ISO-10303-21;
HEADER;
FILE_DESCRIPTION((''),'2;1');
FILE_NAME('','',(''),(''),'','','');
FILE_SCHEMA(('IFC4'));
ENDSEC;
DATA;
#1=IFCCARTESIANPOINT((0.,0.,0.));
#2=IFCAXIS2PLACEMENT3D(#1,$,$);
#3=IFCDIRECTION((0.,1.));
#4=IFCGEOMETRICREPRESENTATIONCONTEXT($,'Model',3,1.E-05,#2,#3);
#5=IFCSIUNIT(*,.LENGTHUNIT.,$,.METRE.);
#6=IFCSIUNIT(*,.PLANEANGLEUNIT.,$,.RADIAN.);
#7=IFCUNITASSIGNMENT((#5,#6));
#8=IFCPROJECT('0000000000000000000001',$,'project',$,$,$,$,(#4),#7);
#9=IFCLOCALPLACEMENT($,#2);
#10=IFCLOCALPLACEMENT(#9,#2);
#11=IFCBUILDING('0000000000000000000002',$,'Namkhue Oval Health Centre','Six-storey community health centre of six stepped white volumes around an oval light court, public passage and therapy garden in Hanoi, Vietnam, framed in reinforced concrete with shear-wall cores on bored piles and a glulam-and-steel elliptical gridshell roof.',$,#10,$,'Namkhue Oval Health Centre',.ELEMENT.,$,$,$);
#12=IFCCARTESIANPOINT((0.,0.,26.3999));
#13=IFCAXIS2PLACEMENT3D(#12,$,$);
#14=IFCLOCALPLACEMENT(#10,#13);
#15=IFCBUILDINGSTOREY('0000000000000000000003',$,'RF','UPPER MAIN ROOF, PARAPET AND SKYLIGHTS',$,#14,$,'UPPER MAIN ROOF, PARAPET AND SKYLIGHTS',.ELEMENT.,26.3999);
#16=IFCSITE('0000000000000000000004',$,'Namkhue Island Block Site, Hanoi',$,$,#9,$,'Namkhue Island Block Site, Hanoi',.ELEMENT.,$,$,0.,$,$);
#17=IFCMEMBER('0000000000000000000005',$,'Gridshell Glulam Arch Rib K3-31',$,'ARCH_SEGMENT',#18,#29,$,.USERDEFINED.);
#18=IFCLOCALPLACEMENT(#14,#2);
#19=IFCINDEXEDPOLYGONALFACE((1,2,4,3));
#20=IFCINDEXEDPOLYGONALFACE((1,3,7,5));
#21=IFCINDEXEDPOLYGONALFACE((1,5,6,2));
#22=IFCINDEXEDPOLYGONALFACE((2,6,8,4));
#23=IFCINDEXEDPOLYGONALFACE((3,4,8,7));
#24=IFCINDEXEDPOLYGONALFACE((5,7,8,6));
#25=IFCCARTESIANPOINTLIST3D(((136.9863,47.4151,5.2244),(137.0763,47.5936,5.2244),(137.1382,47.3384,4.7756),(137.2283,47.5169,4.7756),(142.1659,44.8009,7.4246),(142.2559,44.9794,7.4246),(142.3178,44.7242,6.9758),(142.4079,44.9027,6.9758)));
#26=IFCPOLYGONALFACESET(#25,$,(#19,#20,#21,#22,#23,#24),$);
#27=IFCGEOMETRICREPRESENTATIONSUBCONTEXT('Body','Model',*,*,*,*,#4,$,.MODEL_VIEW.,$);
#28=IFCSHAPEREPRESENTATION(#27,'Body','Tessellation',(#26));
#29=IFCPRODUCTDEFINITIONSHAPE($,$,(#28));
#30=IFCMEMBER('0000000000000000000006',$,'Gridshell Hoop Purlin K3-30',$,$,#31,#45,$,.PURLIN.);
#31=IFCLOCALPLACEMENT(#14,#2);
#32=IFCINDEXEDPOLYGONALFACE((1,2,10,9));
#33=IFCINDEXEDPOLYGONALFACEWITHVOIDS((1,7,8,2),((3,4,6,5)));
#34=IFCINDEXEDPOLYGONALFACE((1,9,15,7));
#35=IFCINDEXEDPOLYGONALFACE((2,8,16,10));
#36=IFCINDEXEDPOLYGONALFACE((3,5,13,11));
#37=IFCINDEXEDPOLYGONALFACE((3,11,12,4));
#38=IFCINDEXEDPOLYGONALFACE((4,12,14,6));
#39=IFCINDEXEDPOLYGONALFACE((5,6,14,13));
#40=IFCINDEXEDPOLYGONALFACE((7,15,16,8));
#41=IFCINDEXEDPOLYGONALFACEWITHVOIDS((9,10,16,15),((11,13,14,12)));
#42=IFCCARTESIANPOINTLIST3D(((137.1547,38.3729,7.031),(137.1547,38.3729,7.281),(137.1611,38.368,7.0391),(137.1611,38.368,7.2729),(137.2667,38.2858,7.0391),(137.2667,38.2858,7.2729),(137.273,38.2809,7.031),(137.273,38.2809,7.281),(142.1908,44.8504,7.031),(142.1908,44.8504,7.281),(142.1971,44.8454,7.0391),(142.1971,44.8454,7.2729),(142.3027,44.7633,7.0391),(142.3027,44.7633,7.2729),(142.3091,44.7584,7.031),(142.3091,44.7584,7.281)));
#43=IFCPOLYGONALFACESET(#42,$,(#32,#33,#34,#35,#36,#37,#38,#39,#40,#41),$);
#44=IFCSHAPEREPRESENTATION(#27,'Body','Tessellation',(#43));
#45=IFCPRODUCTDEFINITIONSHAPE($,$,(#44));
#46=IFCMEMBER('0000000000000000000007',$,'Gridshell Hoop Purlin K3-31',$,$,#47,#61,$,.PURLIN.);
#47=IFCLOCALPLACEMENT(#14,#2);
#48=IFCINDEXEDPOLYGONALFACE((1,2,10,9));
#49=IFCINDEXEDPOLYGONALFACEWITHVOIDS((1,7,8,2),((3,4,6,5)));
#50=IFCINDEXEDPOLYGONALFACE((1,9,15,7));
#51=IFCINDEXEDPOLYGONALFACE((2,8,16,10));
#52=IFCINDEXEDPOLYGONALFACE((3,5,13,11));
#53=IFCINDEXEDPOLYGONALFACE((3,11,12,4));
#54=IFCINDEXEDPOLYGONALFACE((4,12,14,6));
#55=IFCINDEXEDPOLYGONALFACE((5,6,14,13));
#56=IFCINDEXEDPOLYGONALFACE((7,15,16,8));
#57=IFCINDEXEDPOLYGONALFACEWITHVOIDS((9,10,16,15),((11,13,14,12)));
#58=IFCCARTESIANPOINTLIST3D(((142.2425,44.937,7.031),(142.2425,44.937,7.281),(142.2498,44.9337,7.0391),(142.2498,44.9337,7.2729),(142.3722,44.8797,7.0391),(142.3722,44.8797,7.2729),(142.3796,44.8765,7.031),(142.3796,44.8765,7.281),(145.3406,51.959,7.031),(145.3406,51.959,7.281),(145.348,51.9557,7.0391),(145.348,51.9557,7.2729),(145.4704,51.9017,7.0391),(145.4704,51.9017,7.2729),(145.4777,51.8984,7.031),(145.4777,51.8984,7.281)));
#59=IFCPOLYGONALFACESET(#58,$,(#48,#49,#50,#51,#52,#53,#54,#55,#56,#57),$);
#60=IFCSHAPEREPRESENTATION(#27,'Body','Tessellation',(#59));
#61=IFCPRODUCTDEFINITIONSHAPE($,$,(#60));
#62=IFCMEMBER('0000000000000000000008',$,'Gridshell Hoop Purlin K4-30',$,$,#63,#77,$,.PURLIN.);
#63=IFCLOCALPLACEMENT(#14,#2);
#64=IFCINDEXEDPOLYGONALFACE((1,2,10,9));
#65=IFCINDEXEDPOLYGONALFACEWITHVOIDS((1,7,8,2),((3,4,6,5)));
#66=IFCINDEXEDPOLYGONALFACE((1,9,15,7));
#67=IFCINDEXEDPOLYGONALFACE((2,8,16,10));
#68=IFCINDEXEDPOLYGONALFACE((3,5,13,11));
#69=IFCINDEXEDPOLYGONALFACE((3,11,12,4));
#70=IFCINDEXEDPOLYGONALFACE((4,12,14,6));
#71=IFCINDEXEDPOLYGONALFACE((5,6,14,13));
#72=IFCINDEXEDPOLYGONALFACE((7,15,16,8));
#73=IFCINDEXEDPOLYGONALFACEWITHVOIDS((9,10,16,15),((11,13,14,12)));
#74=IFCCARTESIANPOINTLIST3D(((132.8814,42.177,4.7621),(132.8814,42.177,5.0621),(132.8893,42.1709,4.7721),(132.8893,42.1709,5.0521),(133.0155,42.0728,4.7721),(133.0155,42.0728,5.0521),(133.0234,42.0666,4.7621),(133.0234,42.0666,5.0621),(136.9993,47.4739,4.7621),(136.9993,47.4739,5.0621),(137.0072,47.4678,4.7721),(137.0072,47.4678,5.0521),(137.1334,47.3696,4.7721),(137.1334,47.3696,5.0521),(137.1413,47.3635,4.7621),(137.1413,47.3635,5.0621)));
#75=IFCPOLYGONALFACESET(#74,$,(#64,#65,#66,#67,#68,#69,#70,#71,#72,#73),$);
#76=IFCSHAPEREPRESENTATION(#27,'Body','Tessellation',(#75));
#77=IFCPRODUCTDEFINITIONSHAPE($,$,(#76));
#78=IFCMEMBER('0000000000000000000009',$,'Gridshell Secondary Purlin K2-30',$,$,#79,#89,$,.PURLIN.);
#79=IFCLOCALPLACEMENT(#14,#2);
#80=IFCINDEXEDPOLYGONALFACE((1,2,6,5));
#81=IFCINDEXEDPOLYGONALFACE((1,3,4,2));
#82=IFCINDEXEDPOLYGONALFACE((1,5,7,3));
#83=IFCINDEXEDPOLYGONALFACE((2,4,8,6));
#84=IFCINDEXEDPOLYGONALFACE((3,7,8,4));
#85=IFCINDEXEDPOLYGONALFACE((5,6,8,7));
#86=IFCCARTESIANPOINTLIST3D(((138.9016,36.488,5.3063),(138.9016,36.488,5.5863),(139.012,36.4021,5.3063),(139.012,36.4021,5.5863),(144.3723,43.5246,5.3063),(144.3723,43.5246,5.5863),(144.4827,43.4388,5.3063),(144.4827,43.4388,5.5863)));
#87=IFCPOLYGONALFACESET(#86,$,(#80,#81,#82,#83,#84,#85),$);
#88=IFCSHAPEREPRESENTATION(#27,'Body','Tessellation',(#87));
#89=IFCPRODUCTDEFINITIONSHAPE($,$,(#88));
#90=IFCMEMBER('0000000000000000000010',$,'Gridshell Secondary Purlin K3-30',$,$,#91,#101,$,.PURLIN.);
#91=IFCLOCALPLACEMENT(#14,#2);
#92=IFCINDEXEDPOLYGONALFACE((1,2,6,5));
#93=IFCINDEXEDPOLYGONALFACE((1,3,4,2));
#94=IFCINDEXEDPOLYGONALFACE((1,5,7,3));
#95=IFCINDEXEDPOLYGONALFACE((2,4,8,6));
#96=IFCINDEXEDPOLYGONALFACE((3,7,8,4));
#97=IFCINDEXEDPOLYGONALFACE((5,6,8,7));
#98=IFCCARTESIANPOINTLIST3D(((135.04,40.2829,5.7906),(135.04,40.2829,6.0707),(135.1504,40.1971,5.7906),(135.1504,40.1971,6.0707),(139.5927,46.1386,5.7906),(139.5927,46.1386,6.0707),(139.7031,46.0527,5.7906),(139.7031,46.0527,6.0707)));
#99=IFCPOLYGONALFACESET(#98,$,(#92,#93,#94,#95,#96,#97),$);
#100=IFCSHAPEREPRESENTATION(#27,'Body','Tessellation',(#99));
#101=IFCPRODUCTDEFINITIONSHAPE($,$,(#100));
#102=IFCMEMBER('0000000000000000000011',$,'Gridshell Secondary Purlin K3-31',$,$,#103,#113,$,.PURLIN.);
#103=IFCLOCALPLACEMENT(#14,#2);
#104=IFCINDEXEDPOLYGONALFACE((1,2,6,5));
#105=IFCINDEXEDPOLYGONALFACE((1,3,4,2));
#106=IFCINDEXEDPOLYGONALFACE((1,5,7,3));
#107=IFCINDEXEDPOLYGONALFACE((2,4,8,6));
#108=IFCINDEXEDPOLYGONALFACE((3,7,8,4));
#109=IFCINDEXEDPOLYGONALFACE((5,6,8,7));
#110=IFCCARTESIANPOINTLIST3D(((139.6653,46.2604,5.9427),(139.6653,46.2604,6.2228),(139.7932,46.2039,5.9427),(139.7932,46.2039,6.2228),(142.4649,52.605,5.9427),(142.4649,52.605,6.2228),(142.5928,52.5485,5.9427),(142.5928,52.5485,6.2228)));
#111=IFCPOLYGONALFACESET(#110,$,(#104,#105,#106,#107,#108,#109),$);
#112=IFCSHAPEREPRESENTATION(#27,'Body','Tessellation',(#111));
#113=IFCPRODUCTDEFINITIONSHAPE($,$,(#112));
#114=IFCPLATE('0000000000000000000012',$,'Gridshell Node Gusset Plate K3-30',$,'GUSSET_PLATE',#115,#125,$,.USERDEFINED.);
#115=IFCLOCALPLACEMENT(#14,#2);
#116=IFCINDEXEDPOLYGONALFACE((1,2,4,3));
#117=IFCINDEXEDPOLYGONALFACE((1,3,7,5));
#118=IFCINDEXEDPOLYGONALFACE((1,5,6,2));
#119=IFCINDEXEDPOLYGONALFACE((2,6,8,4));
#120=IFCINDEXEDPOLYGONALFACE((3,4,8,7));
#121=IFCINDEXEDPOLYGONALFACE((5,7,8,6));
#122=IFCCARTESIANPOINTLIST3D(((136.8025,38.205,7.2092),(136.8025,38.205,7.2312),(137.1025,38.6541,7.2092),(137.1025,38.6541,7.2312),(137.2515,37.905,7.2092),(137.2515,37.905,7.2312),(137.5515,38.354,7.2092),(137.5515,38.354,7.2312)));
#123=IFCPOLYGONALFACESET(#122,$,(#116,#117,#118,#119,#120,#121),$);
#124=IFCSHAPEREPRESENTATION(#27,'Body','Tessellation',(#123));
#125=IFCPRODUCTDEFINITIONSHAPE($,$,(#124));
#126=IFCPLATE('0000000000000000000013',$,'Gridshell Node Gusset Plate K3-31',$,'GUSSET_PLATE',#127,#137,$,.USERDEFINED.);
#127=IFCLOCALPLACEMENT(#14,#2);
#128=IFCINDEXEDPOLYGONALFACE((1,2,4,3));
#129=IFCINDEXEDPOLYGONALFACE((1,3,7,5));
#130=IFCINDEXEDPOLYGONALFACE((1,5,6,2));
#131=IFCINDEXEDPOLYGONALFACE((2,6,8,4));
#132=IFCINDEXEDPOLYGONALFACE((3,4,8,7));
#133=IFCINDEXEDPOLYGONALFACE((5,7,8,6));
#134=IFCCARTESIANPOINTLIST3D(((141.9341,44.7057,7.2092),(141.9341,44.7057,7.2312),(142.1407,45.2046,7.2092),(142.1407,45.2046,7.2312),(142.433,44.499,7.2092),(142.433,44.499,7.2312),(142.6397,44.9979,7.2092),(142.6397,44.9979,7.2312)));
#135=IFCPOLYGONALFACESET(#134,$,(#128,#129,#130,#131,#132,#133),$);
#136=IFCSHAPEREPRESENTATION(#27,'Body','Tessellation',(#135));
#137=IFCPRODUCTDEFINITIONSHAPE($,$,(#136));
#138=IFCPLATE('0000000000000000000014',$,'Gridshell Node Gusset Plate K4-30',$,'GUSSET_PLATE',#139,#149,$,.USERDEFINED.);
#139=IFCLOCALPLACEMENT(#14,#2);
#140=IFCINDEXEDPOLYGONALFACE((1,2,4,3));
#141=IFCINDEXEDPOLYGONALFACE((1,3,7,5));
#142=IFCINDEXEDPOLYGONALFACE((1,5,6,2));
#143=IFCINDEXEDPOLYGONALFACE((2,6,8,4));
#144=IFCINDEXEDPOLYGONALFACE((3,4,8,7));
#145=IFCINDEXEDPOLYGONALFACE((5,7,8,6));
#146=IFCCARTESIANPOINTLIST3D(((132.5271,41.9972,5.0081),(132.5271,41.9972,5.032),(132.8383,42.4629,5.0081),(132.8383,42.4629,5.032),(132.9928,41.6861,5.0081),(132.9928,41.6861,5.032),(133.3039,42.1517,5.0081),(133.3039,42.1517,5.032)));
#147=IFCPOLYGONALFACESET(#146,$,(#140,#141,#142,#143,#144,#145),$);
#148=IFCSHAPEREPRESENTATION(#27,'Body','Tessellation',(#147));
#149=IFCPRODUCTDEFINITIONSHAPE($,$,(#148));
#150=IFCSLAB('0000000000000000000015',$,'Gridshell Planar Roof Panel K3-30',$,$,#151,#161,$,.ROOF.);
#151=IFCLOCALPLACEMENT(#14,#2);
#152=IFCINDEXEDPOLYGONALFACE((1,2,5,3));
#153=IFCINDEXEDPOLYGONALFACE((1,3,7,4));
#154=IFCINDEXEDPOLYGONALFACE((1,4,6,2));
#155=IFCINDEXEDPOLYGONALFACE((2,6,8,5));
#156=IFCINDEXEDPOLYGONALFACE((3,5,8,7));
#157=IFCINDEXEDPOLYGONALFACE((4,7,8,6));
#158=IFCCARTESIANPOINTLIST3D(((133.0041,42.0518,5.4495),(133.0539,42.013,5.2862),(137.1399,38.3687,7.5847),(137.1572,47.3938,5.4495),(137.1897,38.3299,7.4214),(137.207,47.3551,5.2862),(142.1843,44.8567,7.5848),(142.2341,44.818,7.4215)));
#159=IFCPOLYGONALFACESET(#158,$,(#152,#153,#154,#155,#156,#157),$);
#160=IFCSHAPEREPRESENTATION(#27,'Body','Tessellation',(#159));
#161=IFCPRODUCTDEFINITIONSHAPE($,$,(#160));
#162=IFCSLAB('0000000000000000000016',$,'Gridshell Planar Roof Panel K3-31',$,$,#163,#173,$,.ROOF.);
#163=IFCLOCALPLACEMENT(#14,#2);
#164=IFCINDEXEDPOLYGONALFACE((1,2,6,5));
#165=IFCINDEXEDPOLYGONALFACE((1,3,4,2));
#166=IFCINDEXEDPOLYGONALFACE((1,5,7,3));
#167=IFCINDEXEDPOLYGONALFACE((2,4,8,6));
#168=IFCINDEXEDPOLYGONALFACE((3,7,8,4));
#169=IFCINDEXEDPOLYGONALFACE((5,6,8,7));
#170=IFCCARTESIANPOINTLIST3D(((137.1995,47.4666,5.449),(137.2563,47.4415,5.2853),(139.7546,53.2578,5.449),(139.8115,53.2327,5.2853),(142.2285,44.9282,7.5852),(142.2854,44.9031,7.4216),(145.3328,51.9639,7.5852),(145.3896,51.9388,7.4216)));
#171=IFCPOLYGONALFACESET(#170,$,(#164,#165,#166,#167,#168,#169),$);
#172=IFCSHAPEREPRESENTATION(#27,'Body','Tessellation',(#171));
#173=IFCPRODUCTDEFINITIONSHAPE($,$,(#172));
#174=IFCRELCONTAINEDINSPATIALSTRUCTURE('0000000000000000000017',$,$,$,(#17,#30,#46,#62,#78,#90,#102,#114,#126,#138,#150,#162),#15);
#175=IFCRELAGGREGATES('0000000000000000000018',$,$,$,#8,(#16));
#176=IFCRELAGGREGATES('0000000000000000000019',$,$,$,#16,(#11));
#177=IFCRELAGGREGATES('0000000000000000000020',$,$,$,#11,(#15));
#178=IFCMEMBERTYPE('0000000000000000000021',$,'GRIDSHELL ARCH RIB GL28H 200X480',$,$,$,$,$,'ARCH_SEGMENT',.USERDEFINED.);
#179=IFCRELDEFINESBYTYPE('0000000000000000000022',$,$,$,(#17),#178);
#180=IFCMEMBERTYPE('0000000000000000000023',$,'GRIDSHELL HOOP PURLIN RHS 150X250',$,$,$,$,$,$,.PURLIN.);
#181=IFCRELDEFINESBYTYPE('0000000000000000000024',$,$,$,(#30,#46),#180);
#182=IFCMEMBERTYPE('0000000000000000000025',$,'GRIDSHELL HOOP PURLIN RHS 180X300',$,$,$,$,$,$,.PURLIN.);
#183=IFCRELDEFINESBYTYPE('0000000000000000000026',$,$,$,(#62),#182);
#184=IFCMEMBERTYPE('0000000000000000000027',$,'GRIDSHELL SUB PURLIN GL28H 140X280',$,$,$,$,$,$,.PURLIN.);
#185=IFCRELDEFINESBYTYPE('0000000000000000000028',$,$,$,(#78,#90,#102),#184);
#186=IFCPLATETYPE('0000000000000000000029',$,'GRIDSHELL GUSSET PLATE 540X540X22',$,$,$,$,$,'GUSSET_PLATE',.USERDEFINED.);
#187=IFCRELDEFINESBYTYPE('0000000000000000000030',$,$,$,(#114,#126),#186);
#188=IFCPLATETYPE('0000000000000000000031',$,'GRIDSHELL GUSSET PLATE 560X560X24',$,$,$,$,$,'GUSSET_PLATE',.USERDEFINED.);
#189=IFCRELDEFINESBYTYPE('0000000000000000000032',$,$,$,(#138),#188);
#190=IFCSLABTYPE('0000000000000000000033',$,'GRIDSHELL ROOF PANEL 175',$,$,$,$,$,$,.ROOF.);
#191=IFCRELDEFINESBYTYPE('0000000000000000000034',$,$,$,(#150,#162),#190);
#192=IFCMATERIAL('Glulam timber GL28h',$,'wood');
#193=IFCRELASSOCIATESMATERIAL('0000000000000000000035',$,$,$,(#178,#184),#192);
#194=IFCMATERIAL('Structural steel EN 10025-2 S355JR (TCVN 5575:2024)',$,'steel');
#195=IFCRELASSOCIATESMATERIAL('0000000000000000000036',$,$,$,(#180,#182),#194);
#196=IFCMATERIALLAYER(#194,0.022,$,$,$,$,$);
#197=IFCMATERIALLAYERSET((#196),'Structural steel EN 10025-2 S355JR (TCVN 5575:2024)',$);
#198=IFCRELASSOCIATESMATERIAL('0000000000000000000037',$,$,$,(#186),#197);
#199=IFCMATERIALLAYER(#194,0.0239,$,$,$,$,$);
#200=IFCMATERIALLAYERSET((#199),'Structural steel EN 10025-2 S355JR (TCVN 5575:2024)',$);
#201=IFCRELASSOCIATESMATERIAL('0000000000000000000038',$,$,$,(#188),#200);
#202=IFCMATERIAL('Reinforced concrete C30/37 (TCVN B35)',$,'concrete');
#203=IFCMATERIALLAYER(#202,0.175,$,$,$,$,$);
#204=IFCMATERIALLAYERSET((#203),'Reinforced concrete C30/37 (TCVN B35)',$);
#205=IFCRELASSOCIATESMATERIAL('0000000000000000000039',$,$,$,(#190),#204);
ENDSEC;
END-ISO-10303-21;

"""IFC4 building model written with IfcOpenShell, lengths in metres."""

from ifc_helpers import new_model, si_unit, direction, frame, origin, origin_2d, place, context, subcontext, project, spatial, polyline, rectangle, hollow_rectangle, outline, extrude, material, layer, layer_set, material_profile, profile_set, type_object, element, save


model = new_model("IFC4")

# Units and contexts
model_context = context("Model", 3, precision=1e-05, world=origin(), true_north=direction((0.0, 1.0)))
body_context = subcontext(model_context, "Body", "Model", "MODEL_VIEW")
ifc_project = project(units=[si_unit("LENGTHUNIT", "METRE"), si_unit("PLANEANGLEUNIT", "RADIAN")], contexts=[model_context])

# Site, building, storey
site_placement = place(None, origin())
site = spatial("IfcSite", under=ifc_project, at=site_placement, Name="Namkhue Island Block Site, Hanoi", LongName="Namkhue Island Block Site, Hanoi", CompositionType="ELEMENT", RefElevation=0.0)
building_placement = place(site_placement, origin())
building = spatial("IfcBuilding", under=site, at=building_placement, Name="Namkhue Oval Health Centre", Description="Six-storey community health centre of six stepped white volumes around an oval light court, public passage and therapy garden in Hanoi, Vietnam, framed in reinforced concrete with shear-wall cores on bored piles and a glulam-and-steel elliptical gridshell roof.", LongName="Namkhue Oval Health Centre", CompositionType="ELEMENT")
storey_placement = place(building_placement, frame((0.0, 0.0, 26.3999)))
storey = spatial("IfcBuildingStorey", under=building, at=storey_placement, Name="RF", Description="UPPER MAIN ROOF, PARAPET AND SKYLIGHTS", LongName="UPPER MAIN ROOF, PARAPET AND SKYLIGHTS", CompositionType="ELEMENT", Elevation=26.3999)

# Members
ifc_material_1 = material(Name="Structural steel EN 10025-2 S355JR (TCVN 5575:2024)", Category="steel")
ifc_material_2 = material(Name="Glulam timber GL28h", Category="wood")
ifc_material_profile_1 = material_profile(ifc_material_2, rectangle(XDim=0.2, YDim=0.48, at=origin_2d()), Name="GL28h 200x480")
ifc_profile_set_1 = profile_set([ifc_material_profile_1], Name="Glulam timber GL28h")
member_type_1 = type_object("IfcMemberType", Name="GRIDSHELL ARCH RIB GL28H 200X480", ElementType="ARCH_SEGMENT", PredefinedType="USERDEFINED", material=ifc_profile_set_1)
member_1_placement = place(storey_placement, frame((142.2869, 44.8518, 7.2002), z_axis=(-0.834735, 0.421302, -0.354573), x_axis=(-0.450577, -0.892738, 0.0)))
element("IfcMember", 1, at=member_1_placement, inside=storey, type_object=member_type_1, Name="Gridshell Glulam Arch Rib K3-31", ObjectType="ARCH_SEGMENT", PredefinedType="USERDEFINED", context=body_context, shape_type="SweptSolid", body=[
    extrude(rectangle(XDim=0.2, YDim=0.48, at=origin_2d()), origin(), (0.0, 0.0, 1.0), 6.2051),
])
ifc_material_profile_2 = material_profile(ifc_material_1, hollow_rectangle(XDim=0.1499, YDim=0.25, WallThickness=0.0081, at=origin_2d()), Name="RHS 150x250x8")
ifc_profile_set_2 = profile_set([ifc_material_profile_2], Name="Structural steel EN 10025-2 S355JR (TCVN 5575:2024)")
member_type_2 = type_object("IfcMemberType", Name="GRIDSHELL HOOP PURLIN RHS 150X250", PredefinedType="PURLIN", material=ifc_profile_set_2)
member_2_placement = place(storey_placement, frame((137.2139, 38.3269, 7.156), z_axis=(0.613792, 0.789468, 0.0), x_axis=(-0.789468, 0.613792, 0.0)))
element("IfcMember", 2, at=member_2_placement, inside=storey, type_object=member_type_2, Name="Gridshell Hoop Purlin K3-30", PredefinedType="PURLIN", context=body_context, shape_type="SweptSolid", body=[
    extrude(hollow_rectangle(XDim=0.1499, YDim=0.25, WallThickness=0.0081, at=origin_2d()), origin(), (0.0, 0.0, 1.0), 8.2048),
])
member_3_placement = place(storey_placement, frame((142.311, 44.9067, 7.156), z_axis=(0.403664, 0.914907, 0.0), x_axis=(-0.914907, 0.403664, 0.0)))
element("IfcMember", 3, at=member_3_placement, inside=storey, type_object=member_type_2, Name="Gridshell Hoop Purlin K3-31", PredefinedType="PURLIN", context=body_context, shape_type="SweptSolid", body=[
    extrude(hollow_rectangle(XDim=0.1499, YDim=0.25, WallThickness=0.0081, at=origin_2d()), origin(), (0.0, 0.0, 1.0), 7.675),
])
ifc_material_profile_3 = material_profile(ifc_material_1, hollow_rectangle(XDim=0.1799, YDim=0.3, WallThickness=0.01, at=origin_2d()), Name="RHS 180x300x10")
ifc_profile_set_3 = profile_set([ifc_material_profile_3], Name="Structural steel EN 10025-2 S355JR (TCVN 5575:2024)")
member_type_3 = type_object("IfcMemberType", Name="GRIDSHELL HOOP PURLIN RHS 180X300", PredefinedType="PURLIN", material=ifc_profile_set_3)
member_4_placement = place(storey_placement, frame((132.9524, 42.1218, 4.9121), z_axis=(0.613767, 0.789487, 0.0), x_axis=(-0.789487, 0.613767, 0.0)))
element("IfcMember", 4, at=member_4_placement, inside=storey, type_object=member_type_3, Name="Gridshell Hoop Purlin K4-30", PredefinedType="PURLIN", context=body_context, shape_type="SweptSolid", body=[
    extrude(hollow_rectangle(XDim=0.1799, YDim=0.3, WallThickness=0.01, at=origin_2d()), origin(), (0.0, 0.0, 1.0), 6.7092),
])
ifc_material_profile_4 = material_profile(ifc_material_2, rectangle(XDim=0.1399, YDim=0.28, at=origin_2d()), Name="GL28h 140x280")
ifc_profile_set_4 = profile_set([ifc_material_profile_4], Name="Glulam timber GL28h")
member_type_4 = type_object("IfcMemberType", Name="GRIDSHELL SUB PURLIN GL28H 140X280", PredefinedType="PURLIN", material=ifc_profile_set_4)
member_5_placement = place(storey_placement, frame((138.9568, 36.4451, 5.4463), z_axis=(0.613785, 0.789473, 0.0), x_axis=(-0.789473, 0.613785, 0.0)))
element("IfcMember", 5, at=member_5_placement, inside=storey, type_object=member_type_4, Name="Gridshell Secondary Purlin K2-30", PredefinedType="PURLIN", context=body_context, shape_type="SweptSolid", body=[
    extrude(rectangle(XDim=0.1399, YDim=0.28, at=origin_2d()), origin(), (0.0, 0.0, 1.0), 8.9131),
])
member_6_placement = place(storey_placement, frame((135.0952, 40.24, 5.9307), z_axis=(0.613797, 0.789464, 0.0), x_axis=(-0.789464, 0.613797, 0.0)))
element("IfcMember", 6, at=member_6_placement, inside=storey, type_object=member_type_4, Name="Gridshell Secondary Purlin K3-30", PredefinedType="PURLIN", context=body_context, shape_type="SweptSolid", body=[
    extrude(rectangle(XDim=0.1399, YDim=0.28, at=origin_2d()), origin(), (0.0, 0.0, 1.0), 7.4172),
])
member_7_placement = place(storey_placement, frame((139.7292, 46.2322, 6.0828), z_axis=(0.403703, 0.91489, 0.0), x_axis=(-0.91489, 0.403703, 0.0)))
element("IfcMember", 7, at=member_7_placement, inside=storey, type_object=member_type_4, Name="Gridshell Secondary Purlin K3-31", PredefinedType="PURLIN", context=body_context, shape_type="SweptSolid", body=[
    extrude(rectangle(XDim=0.1399, YDim=0.28, at=origin_2d()), origin(), (0.0, 0.0, 1.0), 6.9348),
])

# Plates
ifc_layer_1 = layer(ifc_material_1, 0.022)
ifc_layer_set_1 = layer_set([ifc_layer_1], Name="Structural steel EN 10025-2 S355JR (TCVN 5575:2024)")
plate_type_1 = type_object("IfcPlateType", Name="GRIDSHELL GUSSET PLATE 540X540X22", ElementType="GUSSET_PLATE", PredefinedType="USERDEFINED", material=ifc_layer_set_1)
for number, where, z_axis, x_axis, name in (
    (8, (137.177, 38.2795, 7.2092), (0.0, 0.0, 1.0), (0.83147, -0.55557, 0.0), "Gridshell Node Gusset Plate K3-30"),
    (9, (142.2869, 44.8518, 7.2092), (0.0, 0.0, 1.0), (0.92388, -0.382683, 0.0), "Gridshell Node Gusset Plate K3-31"),
):
    element("IfcPlate", number, at=place(storey_placement, frame(where, z_axis=z_axis, x_axis=x_axis)), inside=storey, type_object=plate_type_1, Name=name, ObjectType="GUSSET_PLATE", PredefinedType="USERDEFINED", context=body_context, shape_type="SweptSolid", body=[
        extrude(rectangle(XDim=0.54, YDim=0.54, at=origin_2d()), origin(), (0.0, 0.0, 1.0), 0.022),
    ])
ifc_layer_2 = layer(ifc_material_1, 0.0239)
ifc_layer_set_2 = layer_set([ifc_layer_2], Name="Structural steel EN 10025-2 S355JR (TCVN 5575:2024)")
plate_type_2 = type_object("IfcPlateType", Name="GRIDSHELL GUSSET PLATE 560X560X24", ElementType="GUSSET_PLATE", PredefinedType="USERDEFINED", material=ifc_layer_set_2)
plate_placement = place(storey_placement, frame((132.9155, 42.0745, 5.0081), z_axis=(0.0, 0.0, 1.0), x_axis=(0.83147, -0.55557, 0.0)))
element("IfcPlate", 10, at=plate_placement, inside=storey, type_object=plate_type_2, Name="Gridshell Node Gusset Plate K4-30", ObjectType="GUSSET_PLATE", PredefinedType="USERDEFINED", context=body_context, shape_type="SweptSolid", body=[
    extrude(rectangle(XDim=0.5601, YDim=0.5601, at=origin_2d()), origin(), (0.0, 0.0, 1.0), 0.0239),
])

# Slabs
ifc_material_3 = material(Name="Reinforced concrete C30/37 (TCVN B35)", Category="concrete")
ifc_layer_3 = layer(ifc_material_3, 0.175)
ifc_layer_set_3 = layer_set([ifc_layer_3], Name="Reinforced concrete C30/37 (TCVN B35)")
slab_type_1 = type_object("IfcSlabType", Name="GRIDSHELL ROOF PANEL 175", PredefinedType="ROOF", material=ifc_layer_set_3)
slab_1_placement = place(storey_placement, frame((137.1399, 38.3687, 7.5847), z_axis=(-0.284556, 0.221233, 0.932783), x_axis=(0.613801, 0.789461, 0.000006)))
element("IfcSlab", 11, at=slab_1_placement, inside=storey, type_object=slab_type_1, Name="Gridshell Planar Roof Panel K3-30", PredefinedType="ROOF", context=body_context, shape_type="SweptSolid", body=[
    extrude(outline(polyline([(0.0, 0.0), (8.2183, 0.0), (7.1356, 5.9242), (0.3691, 5.9239), (0.0, 0.0)])), origin(), (0.0, 0.0, -1.0), 0.175),
])
slab_2_placement = place(storey_placement, frame((142.2285, 44.9282, 7.5852), z_axis=(-0.324783, 0.143299, 0.93487), x_axis=(0.403671, 0.914904, 0.000001)))
element("IfcSlab", 12, at=slab_2_placement, inside=storey, type_object=slab_type_1, Name="Gridshell Planar Roof Panel K3-31", PredefinedType="ROOF", context=body_context, shape_type="SweptSolid", body=[
    extrude(outline(polyline([(0.0, 0.0), (7.69, 0.0), (6.6221, 6.0177), (0.2922, 6.0177), (0.0, 0.0)])), origin(), (0.0, 0.0, -1.0), 0.175),
])

save(model, "model.ifc")
